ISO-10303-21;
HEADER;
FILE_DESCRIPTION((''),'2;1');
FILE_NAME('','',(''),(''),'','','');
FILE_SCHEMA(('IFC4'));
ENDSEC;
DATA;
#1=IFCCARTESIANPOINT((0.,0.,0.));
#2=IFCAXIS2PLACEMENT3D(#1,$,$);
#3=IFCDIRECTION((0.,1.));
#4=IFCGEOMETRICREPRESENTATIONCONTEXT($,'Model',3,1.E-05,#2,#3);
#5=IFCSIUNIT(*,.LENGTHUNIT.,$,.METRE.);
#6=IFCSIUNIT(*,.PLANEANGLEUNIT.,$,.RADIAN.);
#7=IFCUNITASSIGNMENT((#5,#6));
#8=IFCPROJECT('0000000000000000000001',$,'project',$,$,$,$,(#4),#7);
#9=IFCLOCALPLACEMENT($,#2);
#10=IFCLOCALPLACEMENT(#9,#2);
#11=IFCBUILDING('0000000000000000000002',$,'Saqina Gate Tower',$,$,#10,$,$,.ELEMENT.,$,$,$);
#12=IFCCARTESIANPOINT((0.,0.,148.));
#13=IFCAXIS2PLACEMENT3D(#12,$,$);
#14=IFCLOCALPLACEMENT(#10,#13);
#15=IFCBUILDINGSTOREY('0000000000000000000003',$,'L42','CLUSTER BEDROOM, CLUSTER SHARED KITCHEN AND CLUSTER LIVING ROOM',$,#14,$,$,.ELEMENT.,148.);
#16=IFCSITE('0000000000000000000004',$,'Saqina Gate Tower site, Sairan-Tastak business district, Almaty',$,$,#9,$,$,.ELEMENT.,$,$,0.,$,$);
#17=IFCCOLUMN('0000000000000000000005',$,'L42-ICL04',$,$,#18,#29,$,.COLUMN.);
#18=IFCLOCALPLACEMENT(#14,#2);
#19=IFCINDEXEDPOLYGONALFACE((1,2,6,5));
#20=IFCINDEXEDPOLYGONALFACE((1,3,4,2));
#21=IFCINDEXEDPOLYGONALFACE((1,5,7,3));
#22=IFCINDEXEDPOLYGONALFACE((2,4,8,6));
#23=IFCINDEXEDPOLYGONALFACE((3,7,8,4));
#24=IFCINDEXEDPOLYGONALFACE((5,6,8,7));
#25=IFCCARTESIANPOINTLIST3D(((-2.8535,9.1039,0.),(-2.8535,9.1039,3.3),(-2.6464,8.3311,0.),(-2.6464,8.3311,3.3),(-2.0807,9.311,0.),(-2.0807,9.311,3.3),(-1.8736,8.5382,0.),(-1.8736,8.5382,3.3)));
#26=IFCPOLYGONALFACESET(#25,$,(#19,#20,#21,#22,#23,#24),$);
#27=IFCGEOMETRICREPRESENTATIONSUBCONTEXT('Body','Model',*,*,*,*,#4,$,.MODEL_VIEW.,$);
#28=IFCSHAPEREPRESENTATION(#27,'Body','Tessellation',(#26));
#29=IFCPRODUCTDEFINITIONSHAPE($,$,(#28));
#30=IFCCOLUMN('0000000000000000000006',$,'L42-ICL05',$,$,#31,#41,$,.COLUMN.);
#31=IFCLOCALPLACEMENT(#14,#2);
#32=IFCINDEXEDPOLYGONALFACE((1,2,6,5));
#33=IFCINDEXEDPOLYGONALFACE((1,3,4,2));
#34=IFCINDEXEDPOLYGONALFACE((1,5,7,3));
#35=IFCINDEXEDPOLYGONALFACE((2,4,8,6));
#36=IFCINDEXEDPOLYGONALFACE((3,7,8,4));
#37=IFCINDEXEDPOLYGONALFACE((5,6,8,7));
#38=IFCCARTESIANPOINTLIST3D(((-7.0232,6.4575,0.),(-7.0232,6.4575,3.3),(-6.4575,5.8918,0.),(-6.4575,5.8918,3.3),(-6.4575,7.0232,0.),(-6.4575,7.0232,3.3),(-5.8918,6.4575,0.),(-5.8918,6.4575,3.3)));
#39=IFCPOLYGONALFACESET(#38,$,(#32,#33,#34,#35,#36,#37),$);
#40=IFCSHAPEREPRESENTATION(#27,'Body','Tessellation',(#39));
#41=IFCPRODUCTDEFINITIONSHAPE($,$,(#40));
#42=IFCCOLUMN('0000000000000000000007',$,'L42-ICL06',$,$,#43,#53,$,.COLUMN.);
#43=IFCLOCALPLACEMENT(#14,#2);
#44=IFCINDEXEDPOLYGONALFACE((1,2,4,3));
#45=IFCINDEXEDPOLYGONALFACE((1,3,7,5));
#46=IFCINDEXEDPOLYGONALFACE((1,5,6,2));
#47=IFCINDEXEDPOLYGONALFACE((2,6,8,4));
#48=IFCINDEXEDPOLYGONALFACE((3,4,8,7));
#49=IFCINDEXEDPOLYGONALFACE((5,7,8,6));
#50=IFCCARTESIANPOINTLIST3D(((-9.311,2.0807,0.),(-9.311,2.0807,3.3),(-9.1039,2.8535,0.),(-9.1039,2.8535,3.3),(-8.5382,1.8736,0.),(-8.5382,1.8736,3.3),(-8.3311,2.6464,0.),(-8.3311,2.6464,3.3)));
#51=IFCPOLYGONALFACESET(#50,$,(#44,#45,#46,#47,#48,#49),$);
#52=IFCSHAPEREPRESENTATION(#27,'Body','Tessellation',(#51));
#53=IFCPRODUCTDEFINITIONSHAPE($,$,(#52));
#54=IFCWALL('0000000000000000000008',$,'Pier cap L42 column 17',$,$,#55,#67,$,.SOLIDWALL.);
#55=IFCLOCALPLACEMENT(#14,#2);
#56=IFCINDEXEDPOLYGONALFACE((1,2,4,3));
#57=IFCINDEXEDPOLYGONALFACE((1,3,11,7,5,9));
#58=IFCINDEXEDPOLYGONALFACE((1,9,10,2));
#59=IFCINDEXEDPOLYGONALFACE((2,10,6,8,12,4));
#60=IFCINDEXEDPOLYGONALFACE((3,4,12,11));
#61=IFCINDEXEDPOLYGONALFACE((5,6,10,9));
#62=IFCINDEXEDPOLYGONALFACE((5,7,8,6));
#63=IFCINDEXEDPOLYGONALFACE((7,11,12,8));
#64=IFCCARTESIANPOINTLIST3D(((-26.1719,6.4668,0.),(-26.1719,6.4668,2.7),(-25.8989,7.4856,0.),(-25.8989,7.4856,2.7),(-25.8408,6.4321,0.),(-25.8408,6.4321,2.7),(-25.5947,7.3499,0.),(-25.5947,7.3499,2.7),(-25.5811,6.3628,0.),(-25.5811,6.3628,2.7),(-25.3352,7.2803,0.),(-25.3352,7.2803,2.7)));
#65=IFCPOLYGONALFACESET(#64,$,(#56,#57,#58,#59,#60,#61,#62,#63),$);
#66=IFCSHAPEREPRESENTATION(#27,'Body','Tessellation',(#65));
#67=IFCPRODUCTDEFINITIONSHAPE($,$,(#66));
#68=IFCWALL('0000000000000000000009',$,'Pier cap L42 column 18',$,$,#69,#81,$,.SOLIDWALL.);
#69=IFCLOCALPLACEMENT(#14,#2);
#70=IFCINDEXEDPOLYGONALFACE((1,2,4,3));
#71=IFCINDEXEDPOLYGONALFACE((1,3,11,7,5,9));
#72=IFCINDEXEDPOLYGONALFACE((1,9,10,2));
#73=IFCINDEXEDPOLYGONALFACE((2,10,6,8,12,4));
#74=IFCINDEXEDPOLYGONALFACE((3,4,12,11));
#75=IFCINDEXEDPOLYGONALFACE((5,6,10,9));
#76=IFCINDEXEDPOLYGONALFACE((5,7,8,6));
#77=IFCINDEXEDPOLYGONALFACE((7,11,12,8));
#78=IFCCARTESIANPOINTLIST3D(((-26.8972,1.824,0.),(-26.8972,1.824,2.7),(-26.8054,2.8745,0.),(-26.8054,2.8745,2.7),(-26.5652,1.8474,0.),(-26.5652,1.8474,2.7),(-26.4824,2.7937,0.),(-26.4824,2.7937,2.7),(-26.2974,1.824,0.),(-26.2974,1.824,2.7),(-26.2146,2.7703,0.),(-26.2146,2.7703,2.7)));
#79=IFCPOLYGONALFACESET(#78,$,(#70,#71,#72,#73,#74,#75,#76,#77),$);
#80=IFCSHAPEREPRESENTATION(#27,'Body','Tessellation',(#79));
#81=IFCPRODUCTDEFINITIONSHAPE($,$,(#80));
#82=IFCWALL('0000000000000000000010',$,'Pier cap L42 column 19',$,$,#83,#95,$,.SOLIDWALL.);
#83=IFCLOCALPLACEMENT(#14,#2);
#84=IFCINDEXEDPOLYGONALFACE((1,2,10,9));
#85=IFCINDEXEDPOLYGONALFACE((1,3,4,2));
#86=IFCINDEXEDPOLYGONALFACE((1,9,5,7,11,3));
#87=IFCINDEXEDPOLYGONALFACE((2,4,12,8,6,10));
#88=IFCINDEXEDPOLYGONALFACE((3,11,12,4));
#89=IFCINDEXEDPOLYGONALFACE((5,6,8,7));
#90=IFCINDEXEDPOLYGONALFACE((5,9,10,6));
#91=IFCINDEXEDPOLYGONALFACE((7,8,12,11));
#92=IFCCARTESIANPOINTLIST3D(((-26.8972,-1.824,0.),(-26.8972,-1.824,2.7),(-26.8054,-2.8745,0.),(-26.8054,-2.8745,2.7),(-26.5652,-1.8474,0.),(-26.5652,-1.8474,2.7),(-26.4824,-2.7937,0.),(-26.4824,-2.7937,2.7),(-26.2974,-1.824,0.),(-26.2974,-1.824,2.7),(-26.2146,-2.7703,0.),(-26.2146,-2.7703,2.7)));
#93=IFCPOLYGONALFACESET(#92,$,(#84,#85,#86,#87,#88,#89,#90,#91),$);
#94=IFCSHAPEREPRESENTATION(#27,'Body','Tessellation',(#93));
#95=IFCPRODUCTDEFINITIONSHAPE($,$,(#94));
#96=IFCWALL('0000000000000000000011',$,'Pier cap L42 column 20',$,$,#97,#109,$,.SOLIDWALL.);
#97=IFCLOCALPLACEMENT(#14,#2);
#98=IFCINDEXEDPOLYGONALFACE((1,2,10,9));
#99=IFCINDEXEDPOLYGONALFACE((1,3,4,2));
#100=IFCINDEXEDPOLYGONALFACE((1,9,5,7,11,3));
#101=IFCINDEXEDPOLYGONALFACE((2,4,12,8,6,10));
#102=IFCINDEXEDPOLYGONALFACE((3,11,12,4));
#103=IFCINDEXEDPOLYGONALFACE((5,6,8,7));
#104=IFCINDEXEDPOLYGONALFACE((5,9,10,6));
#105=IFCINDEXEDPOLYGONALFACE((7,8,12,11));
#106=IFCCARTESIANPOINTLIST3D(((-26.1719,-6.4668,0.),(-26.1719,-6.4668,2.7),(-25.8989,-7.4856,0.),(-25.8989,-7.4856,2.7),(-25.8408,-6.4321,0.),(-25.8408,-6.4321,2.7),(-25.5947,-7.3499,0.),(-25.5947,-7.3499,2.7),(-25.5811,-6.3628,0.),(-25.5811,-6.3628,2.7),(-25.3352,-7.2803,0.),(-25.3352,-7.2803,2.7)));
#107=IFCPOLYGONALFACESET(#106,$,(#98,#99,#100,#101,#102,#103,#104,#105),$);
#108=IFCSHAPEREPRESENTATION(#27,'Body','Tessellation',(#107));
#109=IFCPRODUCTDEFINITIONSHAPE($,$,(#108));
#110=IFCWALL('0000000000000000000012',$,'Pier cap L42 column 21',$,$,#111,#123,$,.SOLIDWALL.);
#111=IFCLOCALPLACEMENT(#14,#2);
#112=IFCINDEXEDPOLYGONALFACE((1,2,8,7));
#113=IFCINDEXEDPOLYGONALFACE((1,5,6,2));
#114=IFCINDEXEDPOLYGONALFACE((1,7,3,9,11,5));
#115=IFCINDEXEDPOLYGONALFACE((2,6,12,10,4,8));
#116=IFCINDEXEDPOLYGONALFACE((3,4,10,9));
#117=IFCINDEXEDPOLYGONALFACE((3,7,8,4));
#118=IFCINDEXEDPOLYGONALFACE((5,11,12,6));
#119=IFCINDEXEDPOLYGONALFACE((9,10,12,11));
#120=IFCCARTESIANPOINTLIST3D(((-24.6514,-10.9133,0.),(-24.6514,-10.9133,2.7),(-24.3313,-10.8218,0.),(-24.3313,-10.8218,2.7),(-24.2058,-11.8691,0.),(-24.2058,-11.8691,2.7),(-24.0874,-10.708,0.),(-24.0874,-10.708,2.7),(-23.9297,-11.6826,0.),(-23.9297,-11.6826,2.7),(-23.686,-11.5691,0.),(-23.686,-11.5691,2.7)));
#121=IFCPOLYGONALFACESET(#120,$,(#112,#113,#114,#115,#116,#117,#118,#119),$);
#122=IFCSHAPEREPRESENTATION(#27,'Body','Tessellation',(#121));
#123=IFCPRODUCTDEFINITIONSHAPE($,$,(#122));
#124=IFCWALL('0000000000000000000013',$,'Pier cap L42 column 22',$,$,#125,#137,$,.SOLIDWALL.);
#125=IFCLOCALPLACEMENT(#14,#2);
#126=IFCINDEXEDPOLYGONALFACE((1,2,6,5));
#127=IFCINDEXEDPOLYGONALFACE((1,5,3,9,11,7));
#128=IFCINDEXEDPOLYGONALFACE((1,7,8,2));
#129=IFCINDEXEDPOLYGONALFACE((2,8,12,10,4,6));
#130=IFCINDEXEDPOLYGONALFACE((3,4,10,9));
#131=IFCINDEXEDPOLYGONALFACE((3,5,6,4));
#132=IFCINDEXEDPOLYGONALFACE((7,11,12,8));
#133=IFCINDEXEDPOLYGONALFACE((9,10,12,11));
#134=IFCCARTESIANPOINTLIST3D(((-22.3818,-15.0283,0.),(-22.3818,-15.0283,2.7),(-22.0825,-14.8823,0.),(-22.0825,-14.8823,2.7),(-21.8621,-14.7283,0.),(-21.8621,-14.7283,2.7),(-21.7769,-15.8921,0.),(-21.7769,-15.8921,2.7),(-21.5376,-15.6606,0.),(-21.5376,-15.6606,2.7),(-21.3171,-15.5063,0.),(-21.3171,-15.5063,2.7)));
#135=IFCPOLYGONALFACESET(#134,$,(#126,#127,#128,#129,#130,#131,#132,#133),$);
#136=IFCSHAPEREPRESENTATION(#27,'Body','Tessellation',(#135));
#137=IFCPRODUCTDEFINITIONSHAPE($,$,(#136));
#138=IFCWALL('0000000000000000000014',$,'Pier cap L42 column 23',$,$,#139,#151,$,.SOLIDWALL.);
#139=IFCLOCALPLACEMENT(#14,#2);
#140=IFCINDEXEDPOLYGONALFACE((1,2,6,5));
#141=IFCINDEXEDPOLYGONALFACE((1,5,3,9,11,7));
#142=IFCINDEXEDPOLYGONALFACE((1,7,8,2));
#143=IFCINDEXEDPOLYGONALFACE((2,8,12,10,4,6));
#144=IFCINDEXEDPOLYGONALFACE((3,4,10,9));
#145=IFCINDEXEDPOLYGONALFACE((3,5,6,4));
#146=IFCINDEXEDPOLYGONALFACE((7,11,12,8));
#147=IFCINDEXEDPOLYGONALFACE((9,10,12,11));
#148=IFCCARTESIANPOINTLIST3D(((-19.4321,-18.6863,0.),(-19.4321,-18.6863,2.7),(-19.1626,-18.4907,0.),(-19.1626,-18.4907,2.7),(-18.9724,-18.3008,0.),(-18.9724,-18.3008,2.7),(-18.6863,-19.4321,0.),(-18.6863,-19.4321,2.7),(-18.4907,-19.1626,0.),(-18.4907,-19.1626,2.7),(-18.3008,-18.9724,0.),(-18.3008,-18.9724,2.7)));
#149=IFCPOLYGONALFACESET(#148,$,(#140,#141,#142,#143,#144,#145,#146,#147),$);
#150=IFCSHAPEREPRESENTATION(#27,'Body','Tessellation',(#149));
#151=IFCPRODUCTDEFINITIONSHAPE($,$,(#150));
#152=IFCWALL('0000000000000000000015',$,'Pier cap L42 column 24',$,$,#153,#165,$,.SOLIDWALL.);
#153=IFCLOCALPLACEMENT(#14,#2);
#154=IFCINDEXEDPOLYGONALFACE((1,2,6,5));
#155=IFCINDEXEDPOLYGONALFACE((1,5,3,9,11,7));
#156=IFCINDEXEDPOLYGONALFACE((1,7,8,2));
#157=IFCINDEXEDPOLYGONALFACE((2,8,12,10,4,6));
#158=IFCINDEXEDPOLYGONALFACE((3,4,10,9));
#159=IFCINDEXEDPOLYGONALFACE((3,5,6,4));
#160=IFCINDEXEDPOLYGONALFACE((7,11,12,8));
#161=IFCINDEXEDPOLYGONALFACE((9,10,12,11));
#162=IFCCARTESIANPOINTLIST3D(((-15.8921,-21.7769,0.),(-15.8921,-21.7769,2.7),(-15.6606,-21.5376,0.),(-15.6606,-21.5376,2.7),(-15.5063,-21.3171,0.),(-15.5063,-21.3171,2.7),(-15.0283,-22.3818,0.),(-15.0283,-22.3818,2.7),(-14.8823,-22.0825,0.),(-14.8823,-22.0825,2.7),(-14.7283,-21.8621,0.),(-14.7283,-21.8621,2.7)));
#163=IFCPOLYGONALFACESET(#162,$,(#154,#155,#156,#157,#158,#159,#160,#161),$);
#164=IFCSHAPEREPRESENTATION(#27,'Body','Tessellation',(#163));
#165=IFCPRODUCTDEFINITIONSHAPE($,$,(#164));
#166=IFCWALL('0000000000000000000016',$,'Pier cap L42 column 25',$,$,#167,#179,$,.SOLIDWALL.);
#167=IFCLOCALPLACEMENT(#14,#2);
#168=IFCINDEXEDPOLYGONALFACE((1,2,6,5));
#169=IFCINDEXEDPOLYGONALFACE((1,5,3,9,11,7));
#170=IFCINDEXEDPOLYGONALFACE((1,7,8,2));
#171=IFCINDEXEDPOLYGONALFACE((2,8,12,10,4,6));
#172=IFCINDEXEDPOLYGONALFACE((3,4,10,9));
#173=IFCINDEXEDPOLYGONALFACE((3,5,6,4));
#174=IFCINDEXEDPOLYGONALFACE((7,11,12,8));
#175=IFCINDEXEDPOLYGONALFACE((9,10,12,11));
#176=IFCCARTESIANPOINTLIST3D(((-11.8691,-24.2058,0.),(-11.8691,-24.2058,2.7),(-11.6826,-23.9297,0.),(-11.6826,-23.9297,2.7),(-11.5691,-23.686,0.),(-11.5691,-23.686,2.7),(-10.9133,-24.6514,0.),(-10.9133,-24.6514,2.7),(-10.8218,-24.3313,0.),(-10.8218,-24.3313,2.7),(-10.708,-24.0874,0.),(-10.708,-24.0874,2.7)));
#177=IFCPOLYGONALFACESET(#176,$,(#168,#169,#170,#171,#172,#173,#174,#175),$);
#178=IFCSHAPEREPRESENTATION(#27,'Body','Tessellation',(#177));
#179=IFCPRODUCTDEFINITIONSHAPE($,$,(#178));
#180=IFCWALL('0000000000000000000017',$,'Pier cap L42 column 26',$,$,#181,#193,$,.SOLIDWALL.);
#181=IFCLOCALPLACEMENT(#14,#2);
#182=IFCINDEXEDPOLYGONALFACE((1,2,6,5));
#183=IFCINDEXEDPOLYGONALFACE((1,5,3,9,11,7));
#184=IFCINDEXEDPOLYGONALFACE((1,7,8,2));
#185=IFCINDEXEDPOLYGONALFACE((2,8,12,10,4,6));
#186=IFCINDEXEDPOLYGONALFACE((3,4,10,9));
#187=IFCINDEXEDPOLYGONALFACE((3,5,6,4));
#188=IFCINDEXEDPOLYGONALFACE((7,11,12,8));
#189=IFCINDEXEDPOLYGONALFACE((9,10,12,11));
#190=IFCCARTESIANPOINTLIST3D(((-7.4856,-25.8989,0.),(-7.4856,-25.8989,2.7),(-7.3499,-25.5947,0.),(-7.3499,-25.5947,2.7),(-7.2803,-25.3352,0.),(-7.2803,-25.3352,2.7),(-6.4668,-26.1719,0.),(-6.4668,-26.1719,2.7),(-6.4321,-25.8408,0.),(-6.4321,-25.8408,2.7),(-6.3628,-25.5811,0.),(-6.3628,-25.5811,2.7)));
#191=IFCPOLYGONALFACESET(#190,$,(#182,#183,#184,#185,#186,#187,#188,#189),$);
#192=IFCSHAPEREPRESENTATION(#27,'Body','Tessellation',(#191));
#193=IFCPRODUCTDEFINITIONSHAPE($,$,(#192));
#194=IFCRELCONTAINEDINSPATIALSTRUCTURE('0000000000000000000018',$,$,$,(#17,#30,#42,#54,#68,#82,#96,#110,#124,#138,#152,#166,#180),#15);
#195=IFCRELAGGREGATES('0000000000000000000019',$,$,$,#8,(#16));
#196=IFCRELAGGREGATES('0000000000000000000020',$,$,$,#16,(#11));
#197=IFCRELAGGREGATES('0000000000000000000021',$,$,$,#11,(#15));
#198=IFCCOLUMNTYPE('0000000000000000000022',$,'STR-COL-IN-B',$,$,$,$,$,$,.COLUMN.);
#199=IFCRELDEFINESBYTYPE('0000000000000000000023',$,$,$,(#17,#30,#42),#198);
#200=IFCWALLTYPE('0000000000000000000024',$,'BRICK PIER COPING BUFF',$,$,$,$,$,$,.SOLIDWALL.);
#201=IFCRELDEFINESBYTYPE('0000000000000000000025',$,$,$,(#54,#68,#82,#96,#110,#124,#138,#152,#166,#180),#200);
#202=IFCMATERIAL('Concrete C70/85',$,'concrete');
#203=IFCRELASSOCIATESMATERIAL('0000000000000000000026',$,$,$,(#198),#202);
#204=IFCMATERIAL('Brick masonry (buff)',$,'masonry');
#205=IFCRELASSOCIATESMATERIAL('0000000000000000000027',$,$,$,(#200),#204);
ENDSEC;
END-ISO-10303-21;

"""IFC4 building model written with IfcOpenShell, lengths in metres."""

from ifc_helpers import new_model, si_unit, direction, frame, origin, origin_2d, place, context, subcontext, project, spatial, polyline, rectangle, outline, extrude, material, material_profile, profile_set, type_object, element, save


model = new_model("IFC4")

# Units and contexts
model_context = context("Model", 3, precision=1e-05, world=origin(), true_north=direction((0.0, 1.0)))
body_context = subcontext(model_context, "Body", "Model", "MODEL_VIEW")
ifc_project = project(units=[si_unit("LENGTHUNIT", "METRE"), si_unit("PLANEANGLEUNIT", "RADIAN")], contexts=[model_context])

# Site, building, storey
site_placement = place(None, origin())
site = spatial("IfcSite", under=ifc_project, at=site_placement, Name="Saqina Gate Tower site, Sairan-Tastak business district, Almaty", CompositionType="ELEMENT", RefElevation=0.0)
building_placement = place(site_placement, origin())
building = spatial("IfcBuilding", under=site, at=building_placement, Name="Saqina Gate Tower", CompositionType="ELEMENT")
storey_placement = place(building_placement, frame((0.0, 0.0, 148.0)))
storey = spatial("IfcBuildingStorey", under=building, at=storey_placement, Name="L42", Description="CLUSTER BEDROOM, CLUSTER SHARED KITCHEN AND CLUSTER LIVING ROOM", CompositionType="ELEMENT", Elevation=148.0)

# Columns
ifc_material_1 = material(Name="Concrete C70/85", Category="concrete")
ifc_material_profile = material_profile(ifc_material_1, rectangle(XDim=0.8, YDim=0.8, at=origin_2d()), Name="RC 800x800")
ifc_profile_set = profile_set([ifc_material_profile], Name="Concrete C70/85")
column_type = type_object("IfcColumnType", Name="STR-COL-IN-B", PredefinedType="COLUMN", material=ifc_profile_set)
for number, where, z_axis, x_axis, name in (
    (1, (-2.3635, 8.821, 0.0), (0.0, 0.0, 1.0), (-0.258819, 0.965926, 0.0), "L42-ICL04"),
    (2, (-6.4575, 6.4575, 0.0), (0.0, 0.0, 1.0), (-0.707107, 0.707107, 0.0), "L42-ICL05"),
    (3, (-8.821, 2.3635, 0.0), (0.0, 0.0, 1.0), (-0.965926, 0.258819, 0.0), "L42-ICL06"),
):
    element("IfcColumn", number, at=place(storey_placement, frame(where, z_axis=z_axis, x_axis=x_axis)), inside=storey, type_object=column_type, Name=name, PredefinedType="COLUMN", context=body_context, shape_type="SweptSolid", body=[
        extrude(rectangle(XDim=0.8, YDim=0.8, at=origin_2d()), origin(), (0.0, 0.0, 1.0), 3.3),
    ])

# Walls
ifc_material_2 = material(Name="Brick masonry (buff)", Category="masonry")
wall_type_1 = type_object("IfcWallType", Name="BRICK PIER COPING BUFF", PredefinedType="SOLIDWALL", material=ifc_material_2)
wall_1_placement = place(storey_placement, origin())
element("IfcWall", 4, at=wall_1_placement, inside=storey, type_object=wall_type_1, Name="Pier cap L42 column 17", PredefinedType="SOLIDWALL", context=body_context, shape_type="SweptSolid", body=[
    extrude(outline(polyline([(-25.8989, 7.4856), (-26.1719, 6.4668), (-25.5811, 6.3628), (-25.8408, 6.4321), (-25.5947, 7.3499), (-25.3352, 7.2803), (-25.8989, 7.4856)])), origin(), (0.0, 0.0, 1.0), 2.7),
])
wall_2_placement = place(storey_placement, origin())
element("IfcWall", 5, at=wall_2_placement, inside=storey, type_object=wall_type_1, Name="Pier cap L42 column 18", PredefinedType="SOLIDWALL", context=body_context, shape_type="SweptSolid", body=[
    extrude(outline(polyline([(-26.8054, 2.8745), (-26.8972, 1.824), (-26.2974, 1.824), (-26.5652, 1.8474), (-26.4824, 2.7937), (-26.2146, 2.7703), (-26.8054, 2.8745)])), origin(), (0.0, 0.0, 1.0), 2.7),
])
wall_3_placement = place(storey_placement, origin())
element("IfcWall", 6, at=wall_3_placement, inside=storey, type_object=wall_type_1, Name="Pier cap L42 column 19", PredefinedType="SOLIDWALL", context=body_context, shape_type="SweptSolid", body=[
    extrude(outline(polyline([(-26.8054, -2.8745), (-26.2146, -2.7703), (-26.4824, -2.7937), (-26.5652, -1.8474), (-26.2974, -1.824), (-26.8972, -1.824), (-26.8054, -2.8745)])), origin(), (0.0, 0.0, 1.0), 2.7),
])
wall_4_placement = place(storey_placement, origin())
element("IfcWall", 7, at=wall_4_placement, inside=storey, type_object=wall_type_1, Name="Pier cap L42 column 20", PredefinedType="SOLIDWALL", context=body_context, shape_type="SweptSolid", body=[
    extrude(outline(polyline([(-26.1719, -6.4668), (-25.8989, -7.4856), (-25.3352, -7.2803), (-25.5947, -7.3499), (-25.8408, -6.4321), (-25.5811, -6.3628), (-26.1719, -6.4668)])), origin(), (0.0, 0.0, 1.0), 2.7),
])
wall_5_placement = place(storey_placement, origin())
element("IfcWall", 8, at=wall_5_placement, inside=storey, type_object=wall_type_1, Name="Pier cap L42 column 21", PredefinedType="SOLIDWALL", context=body_context, shape_type="SweptSolid", body=[
    extrude(outline(polyline([(-24.6514, -10.9133), (-24.2058, -11.8691), (-23.686, -11.5691), (-23.9297, -11.6826), (-24.3313, -10.8218), (-24.0874, -10.708), (-24.6514, -10.9133)])), origin(), (0.0, 0.0, 1.0), 2.7),
])
wall_6_placement = place(storey_placement, origin())
element("IfcWall", 9, at=wall_6_placement, inside=storey, type_object=wall_type_1, Name="Pier cap L42 column 22", PredefinedType="SOLIDWALL", context=body_context, shape_type="SweptSolid", body=[
    extrude(outline(polyline([(-21.7769, -15.8921), (-21.3171, -15.5063), (-21.5376, -15.6606), (-22.0825, -14.8823), (-21.8621, -14.7283), (-22.3818, -15.0283), (-21.7769, -15.8921)])), origin(), (0.0, 0.0, 1.0), 2.7),
])
wall_7_placement = place(storey_placement, origin())
element("IfcWall", 10, at=wall_7_placement, inside=storey, type_object=wall_type_1, Name="Pier cap L42 column 23", PredefinedType="SOLIDWALL", context=body_context, shape_type="SweptSolid", body=[
    extrude(outline(polyline([(-19.4321, -18.6863), (-18.6863, -19.4321), (-18.3008, -18.9724), (-18.4907, -19.1626), (-19.1626, -18.4907), (-18.9724, -18.3008), (-19.4321, -18.6863)])), origin(), (0.0, 0.0, 1.0), 2.7),
])
wall_8_placement = place(storey_placement, origin())
element("IfcWall", 11, at=wall_8_placement, inside=storey, type_object=wall_type_1, Name="Pier cap L42 column 24", PredefinedType="SOLIDWALL", context=body_context, shape_type="SweptSolid", body=[
    extrude(outline(polyline([(-15.0283, -22.3818), (-14.7283, -21.8621), (-14.8823, -22.0825), (-15.6606, -21.5376), (-15.5063, -21.3171), (-15.8921, -21.7769), (-15.0283, -22.3818)])), origin(), (0.0, 0.0, 1.0), 2.7),
])
wall_9_placement = place(storey_placement, origin())
element("IfcWall", 12, at=wall_9_placement, inside=storey, type_object=wall_type_1, Name="Pier cap L42 column 25", PredefinedType="SOLIDWALL", context=body_context, shape_type="SweptSolid", body=[
    extrude(outline(polyline([(-10.9133, -24.6514), (-10.708, -24.0874), (-10.8218, -24.3313), (-11.6826, -23.9297), (-11.5691, -23.686), (-11.8691, -24.2058), (-10.9133, -24.6514)])), origin(), (0.0, 0.0, 1.0), 2.7),
])
wall_10_placement = place(storey_placement, origin())
element("IfcWall", 13, at=wall_10_placement, inside=storey, type_object=wall_type_1, Name="Pier cap L42 column 26", PredefinedType="SOLIDWALL", context=body_context, shape_type="SweptSolid", body=[
    extrude(outline(polyline([(-7.4856, -25.8989), (-6.4668, -26.1719), (-6.3628, -25.5811), (-6.4321, -25.8408), (-7.3499, -25.5947), (-7.2803, -25.3352), (-7.4856, -25.8989)])), origin(), (0.0, 0.0, 1.0), 2.7),
])

save(model, "model.ifc")
